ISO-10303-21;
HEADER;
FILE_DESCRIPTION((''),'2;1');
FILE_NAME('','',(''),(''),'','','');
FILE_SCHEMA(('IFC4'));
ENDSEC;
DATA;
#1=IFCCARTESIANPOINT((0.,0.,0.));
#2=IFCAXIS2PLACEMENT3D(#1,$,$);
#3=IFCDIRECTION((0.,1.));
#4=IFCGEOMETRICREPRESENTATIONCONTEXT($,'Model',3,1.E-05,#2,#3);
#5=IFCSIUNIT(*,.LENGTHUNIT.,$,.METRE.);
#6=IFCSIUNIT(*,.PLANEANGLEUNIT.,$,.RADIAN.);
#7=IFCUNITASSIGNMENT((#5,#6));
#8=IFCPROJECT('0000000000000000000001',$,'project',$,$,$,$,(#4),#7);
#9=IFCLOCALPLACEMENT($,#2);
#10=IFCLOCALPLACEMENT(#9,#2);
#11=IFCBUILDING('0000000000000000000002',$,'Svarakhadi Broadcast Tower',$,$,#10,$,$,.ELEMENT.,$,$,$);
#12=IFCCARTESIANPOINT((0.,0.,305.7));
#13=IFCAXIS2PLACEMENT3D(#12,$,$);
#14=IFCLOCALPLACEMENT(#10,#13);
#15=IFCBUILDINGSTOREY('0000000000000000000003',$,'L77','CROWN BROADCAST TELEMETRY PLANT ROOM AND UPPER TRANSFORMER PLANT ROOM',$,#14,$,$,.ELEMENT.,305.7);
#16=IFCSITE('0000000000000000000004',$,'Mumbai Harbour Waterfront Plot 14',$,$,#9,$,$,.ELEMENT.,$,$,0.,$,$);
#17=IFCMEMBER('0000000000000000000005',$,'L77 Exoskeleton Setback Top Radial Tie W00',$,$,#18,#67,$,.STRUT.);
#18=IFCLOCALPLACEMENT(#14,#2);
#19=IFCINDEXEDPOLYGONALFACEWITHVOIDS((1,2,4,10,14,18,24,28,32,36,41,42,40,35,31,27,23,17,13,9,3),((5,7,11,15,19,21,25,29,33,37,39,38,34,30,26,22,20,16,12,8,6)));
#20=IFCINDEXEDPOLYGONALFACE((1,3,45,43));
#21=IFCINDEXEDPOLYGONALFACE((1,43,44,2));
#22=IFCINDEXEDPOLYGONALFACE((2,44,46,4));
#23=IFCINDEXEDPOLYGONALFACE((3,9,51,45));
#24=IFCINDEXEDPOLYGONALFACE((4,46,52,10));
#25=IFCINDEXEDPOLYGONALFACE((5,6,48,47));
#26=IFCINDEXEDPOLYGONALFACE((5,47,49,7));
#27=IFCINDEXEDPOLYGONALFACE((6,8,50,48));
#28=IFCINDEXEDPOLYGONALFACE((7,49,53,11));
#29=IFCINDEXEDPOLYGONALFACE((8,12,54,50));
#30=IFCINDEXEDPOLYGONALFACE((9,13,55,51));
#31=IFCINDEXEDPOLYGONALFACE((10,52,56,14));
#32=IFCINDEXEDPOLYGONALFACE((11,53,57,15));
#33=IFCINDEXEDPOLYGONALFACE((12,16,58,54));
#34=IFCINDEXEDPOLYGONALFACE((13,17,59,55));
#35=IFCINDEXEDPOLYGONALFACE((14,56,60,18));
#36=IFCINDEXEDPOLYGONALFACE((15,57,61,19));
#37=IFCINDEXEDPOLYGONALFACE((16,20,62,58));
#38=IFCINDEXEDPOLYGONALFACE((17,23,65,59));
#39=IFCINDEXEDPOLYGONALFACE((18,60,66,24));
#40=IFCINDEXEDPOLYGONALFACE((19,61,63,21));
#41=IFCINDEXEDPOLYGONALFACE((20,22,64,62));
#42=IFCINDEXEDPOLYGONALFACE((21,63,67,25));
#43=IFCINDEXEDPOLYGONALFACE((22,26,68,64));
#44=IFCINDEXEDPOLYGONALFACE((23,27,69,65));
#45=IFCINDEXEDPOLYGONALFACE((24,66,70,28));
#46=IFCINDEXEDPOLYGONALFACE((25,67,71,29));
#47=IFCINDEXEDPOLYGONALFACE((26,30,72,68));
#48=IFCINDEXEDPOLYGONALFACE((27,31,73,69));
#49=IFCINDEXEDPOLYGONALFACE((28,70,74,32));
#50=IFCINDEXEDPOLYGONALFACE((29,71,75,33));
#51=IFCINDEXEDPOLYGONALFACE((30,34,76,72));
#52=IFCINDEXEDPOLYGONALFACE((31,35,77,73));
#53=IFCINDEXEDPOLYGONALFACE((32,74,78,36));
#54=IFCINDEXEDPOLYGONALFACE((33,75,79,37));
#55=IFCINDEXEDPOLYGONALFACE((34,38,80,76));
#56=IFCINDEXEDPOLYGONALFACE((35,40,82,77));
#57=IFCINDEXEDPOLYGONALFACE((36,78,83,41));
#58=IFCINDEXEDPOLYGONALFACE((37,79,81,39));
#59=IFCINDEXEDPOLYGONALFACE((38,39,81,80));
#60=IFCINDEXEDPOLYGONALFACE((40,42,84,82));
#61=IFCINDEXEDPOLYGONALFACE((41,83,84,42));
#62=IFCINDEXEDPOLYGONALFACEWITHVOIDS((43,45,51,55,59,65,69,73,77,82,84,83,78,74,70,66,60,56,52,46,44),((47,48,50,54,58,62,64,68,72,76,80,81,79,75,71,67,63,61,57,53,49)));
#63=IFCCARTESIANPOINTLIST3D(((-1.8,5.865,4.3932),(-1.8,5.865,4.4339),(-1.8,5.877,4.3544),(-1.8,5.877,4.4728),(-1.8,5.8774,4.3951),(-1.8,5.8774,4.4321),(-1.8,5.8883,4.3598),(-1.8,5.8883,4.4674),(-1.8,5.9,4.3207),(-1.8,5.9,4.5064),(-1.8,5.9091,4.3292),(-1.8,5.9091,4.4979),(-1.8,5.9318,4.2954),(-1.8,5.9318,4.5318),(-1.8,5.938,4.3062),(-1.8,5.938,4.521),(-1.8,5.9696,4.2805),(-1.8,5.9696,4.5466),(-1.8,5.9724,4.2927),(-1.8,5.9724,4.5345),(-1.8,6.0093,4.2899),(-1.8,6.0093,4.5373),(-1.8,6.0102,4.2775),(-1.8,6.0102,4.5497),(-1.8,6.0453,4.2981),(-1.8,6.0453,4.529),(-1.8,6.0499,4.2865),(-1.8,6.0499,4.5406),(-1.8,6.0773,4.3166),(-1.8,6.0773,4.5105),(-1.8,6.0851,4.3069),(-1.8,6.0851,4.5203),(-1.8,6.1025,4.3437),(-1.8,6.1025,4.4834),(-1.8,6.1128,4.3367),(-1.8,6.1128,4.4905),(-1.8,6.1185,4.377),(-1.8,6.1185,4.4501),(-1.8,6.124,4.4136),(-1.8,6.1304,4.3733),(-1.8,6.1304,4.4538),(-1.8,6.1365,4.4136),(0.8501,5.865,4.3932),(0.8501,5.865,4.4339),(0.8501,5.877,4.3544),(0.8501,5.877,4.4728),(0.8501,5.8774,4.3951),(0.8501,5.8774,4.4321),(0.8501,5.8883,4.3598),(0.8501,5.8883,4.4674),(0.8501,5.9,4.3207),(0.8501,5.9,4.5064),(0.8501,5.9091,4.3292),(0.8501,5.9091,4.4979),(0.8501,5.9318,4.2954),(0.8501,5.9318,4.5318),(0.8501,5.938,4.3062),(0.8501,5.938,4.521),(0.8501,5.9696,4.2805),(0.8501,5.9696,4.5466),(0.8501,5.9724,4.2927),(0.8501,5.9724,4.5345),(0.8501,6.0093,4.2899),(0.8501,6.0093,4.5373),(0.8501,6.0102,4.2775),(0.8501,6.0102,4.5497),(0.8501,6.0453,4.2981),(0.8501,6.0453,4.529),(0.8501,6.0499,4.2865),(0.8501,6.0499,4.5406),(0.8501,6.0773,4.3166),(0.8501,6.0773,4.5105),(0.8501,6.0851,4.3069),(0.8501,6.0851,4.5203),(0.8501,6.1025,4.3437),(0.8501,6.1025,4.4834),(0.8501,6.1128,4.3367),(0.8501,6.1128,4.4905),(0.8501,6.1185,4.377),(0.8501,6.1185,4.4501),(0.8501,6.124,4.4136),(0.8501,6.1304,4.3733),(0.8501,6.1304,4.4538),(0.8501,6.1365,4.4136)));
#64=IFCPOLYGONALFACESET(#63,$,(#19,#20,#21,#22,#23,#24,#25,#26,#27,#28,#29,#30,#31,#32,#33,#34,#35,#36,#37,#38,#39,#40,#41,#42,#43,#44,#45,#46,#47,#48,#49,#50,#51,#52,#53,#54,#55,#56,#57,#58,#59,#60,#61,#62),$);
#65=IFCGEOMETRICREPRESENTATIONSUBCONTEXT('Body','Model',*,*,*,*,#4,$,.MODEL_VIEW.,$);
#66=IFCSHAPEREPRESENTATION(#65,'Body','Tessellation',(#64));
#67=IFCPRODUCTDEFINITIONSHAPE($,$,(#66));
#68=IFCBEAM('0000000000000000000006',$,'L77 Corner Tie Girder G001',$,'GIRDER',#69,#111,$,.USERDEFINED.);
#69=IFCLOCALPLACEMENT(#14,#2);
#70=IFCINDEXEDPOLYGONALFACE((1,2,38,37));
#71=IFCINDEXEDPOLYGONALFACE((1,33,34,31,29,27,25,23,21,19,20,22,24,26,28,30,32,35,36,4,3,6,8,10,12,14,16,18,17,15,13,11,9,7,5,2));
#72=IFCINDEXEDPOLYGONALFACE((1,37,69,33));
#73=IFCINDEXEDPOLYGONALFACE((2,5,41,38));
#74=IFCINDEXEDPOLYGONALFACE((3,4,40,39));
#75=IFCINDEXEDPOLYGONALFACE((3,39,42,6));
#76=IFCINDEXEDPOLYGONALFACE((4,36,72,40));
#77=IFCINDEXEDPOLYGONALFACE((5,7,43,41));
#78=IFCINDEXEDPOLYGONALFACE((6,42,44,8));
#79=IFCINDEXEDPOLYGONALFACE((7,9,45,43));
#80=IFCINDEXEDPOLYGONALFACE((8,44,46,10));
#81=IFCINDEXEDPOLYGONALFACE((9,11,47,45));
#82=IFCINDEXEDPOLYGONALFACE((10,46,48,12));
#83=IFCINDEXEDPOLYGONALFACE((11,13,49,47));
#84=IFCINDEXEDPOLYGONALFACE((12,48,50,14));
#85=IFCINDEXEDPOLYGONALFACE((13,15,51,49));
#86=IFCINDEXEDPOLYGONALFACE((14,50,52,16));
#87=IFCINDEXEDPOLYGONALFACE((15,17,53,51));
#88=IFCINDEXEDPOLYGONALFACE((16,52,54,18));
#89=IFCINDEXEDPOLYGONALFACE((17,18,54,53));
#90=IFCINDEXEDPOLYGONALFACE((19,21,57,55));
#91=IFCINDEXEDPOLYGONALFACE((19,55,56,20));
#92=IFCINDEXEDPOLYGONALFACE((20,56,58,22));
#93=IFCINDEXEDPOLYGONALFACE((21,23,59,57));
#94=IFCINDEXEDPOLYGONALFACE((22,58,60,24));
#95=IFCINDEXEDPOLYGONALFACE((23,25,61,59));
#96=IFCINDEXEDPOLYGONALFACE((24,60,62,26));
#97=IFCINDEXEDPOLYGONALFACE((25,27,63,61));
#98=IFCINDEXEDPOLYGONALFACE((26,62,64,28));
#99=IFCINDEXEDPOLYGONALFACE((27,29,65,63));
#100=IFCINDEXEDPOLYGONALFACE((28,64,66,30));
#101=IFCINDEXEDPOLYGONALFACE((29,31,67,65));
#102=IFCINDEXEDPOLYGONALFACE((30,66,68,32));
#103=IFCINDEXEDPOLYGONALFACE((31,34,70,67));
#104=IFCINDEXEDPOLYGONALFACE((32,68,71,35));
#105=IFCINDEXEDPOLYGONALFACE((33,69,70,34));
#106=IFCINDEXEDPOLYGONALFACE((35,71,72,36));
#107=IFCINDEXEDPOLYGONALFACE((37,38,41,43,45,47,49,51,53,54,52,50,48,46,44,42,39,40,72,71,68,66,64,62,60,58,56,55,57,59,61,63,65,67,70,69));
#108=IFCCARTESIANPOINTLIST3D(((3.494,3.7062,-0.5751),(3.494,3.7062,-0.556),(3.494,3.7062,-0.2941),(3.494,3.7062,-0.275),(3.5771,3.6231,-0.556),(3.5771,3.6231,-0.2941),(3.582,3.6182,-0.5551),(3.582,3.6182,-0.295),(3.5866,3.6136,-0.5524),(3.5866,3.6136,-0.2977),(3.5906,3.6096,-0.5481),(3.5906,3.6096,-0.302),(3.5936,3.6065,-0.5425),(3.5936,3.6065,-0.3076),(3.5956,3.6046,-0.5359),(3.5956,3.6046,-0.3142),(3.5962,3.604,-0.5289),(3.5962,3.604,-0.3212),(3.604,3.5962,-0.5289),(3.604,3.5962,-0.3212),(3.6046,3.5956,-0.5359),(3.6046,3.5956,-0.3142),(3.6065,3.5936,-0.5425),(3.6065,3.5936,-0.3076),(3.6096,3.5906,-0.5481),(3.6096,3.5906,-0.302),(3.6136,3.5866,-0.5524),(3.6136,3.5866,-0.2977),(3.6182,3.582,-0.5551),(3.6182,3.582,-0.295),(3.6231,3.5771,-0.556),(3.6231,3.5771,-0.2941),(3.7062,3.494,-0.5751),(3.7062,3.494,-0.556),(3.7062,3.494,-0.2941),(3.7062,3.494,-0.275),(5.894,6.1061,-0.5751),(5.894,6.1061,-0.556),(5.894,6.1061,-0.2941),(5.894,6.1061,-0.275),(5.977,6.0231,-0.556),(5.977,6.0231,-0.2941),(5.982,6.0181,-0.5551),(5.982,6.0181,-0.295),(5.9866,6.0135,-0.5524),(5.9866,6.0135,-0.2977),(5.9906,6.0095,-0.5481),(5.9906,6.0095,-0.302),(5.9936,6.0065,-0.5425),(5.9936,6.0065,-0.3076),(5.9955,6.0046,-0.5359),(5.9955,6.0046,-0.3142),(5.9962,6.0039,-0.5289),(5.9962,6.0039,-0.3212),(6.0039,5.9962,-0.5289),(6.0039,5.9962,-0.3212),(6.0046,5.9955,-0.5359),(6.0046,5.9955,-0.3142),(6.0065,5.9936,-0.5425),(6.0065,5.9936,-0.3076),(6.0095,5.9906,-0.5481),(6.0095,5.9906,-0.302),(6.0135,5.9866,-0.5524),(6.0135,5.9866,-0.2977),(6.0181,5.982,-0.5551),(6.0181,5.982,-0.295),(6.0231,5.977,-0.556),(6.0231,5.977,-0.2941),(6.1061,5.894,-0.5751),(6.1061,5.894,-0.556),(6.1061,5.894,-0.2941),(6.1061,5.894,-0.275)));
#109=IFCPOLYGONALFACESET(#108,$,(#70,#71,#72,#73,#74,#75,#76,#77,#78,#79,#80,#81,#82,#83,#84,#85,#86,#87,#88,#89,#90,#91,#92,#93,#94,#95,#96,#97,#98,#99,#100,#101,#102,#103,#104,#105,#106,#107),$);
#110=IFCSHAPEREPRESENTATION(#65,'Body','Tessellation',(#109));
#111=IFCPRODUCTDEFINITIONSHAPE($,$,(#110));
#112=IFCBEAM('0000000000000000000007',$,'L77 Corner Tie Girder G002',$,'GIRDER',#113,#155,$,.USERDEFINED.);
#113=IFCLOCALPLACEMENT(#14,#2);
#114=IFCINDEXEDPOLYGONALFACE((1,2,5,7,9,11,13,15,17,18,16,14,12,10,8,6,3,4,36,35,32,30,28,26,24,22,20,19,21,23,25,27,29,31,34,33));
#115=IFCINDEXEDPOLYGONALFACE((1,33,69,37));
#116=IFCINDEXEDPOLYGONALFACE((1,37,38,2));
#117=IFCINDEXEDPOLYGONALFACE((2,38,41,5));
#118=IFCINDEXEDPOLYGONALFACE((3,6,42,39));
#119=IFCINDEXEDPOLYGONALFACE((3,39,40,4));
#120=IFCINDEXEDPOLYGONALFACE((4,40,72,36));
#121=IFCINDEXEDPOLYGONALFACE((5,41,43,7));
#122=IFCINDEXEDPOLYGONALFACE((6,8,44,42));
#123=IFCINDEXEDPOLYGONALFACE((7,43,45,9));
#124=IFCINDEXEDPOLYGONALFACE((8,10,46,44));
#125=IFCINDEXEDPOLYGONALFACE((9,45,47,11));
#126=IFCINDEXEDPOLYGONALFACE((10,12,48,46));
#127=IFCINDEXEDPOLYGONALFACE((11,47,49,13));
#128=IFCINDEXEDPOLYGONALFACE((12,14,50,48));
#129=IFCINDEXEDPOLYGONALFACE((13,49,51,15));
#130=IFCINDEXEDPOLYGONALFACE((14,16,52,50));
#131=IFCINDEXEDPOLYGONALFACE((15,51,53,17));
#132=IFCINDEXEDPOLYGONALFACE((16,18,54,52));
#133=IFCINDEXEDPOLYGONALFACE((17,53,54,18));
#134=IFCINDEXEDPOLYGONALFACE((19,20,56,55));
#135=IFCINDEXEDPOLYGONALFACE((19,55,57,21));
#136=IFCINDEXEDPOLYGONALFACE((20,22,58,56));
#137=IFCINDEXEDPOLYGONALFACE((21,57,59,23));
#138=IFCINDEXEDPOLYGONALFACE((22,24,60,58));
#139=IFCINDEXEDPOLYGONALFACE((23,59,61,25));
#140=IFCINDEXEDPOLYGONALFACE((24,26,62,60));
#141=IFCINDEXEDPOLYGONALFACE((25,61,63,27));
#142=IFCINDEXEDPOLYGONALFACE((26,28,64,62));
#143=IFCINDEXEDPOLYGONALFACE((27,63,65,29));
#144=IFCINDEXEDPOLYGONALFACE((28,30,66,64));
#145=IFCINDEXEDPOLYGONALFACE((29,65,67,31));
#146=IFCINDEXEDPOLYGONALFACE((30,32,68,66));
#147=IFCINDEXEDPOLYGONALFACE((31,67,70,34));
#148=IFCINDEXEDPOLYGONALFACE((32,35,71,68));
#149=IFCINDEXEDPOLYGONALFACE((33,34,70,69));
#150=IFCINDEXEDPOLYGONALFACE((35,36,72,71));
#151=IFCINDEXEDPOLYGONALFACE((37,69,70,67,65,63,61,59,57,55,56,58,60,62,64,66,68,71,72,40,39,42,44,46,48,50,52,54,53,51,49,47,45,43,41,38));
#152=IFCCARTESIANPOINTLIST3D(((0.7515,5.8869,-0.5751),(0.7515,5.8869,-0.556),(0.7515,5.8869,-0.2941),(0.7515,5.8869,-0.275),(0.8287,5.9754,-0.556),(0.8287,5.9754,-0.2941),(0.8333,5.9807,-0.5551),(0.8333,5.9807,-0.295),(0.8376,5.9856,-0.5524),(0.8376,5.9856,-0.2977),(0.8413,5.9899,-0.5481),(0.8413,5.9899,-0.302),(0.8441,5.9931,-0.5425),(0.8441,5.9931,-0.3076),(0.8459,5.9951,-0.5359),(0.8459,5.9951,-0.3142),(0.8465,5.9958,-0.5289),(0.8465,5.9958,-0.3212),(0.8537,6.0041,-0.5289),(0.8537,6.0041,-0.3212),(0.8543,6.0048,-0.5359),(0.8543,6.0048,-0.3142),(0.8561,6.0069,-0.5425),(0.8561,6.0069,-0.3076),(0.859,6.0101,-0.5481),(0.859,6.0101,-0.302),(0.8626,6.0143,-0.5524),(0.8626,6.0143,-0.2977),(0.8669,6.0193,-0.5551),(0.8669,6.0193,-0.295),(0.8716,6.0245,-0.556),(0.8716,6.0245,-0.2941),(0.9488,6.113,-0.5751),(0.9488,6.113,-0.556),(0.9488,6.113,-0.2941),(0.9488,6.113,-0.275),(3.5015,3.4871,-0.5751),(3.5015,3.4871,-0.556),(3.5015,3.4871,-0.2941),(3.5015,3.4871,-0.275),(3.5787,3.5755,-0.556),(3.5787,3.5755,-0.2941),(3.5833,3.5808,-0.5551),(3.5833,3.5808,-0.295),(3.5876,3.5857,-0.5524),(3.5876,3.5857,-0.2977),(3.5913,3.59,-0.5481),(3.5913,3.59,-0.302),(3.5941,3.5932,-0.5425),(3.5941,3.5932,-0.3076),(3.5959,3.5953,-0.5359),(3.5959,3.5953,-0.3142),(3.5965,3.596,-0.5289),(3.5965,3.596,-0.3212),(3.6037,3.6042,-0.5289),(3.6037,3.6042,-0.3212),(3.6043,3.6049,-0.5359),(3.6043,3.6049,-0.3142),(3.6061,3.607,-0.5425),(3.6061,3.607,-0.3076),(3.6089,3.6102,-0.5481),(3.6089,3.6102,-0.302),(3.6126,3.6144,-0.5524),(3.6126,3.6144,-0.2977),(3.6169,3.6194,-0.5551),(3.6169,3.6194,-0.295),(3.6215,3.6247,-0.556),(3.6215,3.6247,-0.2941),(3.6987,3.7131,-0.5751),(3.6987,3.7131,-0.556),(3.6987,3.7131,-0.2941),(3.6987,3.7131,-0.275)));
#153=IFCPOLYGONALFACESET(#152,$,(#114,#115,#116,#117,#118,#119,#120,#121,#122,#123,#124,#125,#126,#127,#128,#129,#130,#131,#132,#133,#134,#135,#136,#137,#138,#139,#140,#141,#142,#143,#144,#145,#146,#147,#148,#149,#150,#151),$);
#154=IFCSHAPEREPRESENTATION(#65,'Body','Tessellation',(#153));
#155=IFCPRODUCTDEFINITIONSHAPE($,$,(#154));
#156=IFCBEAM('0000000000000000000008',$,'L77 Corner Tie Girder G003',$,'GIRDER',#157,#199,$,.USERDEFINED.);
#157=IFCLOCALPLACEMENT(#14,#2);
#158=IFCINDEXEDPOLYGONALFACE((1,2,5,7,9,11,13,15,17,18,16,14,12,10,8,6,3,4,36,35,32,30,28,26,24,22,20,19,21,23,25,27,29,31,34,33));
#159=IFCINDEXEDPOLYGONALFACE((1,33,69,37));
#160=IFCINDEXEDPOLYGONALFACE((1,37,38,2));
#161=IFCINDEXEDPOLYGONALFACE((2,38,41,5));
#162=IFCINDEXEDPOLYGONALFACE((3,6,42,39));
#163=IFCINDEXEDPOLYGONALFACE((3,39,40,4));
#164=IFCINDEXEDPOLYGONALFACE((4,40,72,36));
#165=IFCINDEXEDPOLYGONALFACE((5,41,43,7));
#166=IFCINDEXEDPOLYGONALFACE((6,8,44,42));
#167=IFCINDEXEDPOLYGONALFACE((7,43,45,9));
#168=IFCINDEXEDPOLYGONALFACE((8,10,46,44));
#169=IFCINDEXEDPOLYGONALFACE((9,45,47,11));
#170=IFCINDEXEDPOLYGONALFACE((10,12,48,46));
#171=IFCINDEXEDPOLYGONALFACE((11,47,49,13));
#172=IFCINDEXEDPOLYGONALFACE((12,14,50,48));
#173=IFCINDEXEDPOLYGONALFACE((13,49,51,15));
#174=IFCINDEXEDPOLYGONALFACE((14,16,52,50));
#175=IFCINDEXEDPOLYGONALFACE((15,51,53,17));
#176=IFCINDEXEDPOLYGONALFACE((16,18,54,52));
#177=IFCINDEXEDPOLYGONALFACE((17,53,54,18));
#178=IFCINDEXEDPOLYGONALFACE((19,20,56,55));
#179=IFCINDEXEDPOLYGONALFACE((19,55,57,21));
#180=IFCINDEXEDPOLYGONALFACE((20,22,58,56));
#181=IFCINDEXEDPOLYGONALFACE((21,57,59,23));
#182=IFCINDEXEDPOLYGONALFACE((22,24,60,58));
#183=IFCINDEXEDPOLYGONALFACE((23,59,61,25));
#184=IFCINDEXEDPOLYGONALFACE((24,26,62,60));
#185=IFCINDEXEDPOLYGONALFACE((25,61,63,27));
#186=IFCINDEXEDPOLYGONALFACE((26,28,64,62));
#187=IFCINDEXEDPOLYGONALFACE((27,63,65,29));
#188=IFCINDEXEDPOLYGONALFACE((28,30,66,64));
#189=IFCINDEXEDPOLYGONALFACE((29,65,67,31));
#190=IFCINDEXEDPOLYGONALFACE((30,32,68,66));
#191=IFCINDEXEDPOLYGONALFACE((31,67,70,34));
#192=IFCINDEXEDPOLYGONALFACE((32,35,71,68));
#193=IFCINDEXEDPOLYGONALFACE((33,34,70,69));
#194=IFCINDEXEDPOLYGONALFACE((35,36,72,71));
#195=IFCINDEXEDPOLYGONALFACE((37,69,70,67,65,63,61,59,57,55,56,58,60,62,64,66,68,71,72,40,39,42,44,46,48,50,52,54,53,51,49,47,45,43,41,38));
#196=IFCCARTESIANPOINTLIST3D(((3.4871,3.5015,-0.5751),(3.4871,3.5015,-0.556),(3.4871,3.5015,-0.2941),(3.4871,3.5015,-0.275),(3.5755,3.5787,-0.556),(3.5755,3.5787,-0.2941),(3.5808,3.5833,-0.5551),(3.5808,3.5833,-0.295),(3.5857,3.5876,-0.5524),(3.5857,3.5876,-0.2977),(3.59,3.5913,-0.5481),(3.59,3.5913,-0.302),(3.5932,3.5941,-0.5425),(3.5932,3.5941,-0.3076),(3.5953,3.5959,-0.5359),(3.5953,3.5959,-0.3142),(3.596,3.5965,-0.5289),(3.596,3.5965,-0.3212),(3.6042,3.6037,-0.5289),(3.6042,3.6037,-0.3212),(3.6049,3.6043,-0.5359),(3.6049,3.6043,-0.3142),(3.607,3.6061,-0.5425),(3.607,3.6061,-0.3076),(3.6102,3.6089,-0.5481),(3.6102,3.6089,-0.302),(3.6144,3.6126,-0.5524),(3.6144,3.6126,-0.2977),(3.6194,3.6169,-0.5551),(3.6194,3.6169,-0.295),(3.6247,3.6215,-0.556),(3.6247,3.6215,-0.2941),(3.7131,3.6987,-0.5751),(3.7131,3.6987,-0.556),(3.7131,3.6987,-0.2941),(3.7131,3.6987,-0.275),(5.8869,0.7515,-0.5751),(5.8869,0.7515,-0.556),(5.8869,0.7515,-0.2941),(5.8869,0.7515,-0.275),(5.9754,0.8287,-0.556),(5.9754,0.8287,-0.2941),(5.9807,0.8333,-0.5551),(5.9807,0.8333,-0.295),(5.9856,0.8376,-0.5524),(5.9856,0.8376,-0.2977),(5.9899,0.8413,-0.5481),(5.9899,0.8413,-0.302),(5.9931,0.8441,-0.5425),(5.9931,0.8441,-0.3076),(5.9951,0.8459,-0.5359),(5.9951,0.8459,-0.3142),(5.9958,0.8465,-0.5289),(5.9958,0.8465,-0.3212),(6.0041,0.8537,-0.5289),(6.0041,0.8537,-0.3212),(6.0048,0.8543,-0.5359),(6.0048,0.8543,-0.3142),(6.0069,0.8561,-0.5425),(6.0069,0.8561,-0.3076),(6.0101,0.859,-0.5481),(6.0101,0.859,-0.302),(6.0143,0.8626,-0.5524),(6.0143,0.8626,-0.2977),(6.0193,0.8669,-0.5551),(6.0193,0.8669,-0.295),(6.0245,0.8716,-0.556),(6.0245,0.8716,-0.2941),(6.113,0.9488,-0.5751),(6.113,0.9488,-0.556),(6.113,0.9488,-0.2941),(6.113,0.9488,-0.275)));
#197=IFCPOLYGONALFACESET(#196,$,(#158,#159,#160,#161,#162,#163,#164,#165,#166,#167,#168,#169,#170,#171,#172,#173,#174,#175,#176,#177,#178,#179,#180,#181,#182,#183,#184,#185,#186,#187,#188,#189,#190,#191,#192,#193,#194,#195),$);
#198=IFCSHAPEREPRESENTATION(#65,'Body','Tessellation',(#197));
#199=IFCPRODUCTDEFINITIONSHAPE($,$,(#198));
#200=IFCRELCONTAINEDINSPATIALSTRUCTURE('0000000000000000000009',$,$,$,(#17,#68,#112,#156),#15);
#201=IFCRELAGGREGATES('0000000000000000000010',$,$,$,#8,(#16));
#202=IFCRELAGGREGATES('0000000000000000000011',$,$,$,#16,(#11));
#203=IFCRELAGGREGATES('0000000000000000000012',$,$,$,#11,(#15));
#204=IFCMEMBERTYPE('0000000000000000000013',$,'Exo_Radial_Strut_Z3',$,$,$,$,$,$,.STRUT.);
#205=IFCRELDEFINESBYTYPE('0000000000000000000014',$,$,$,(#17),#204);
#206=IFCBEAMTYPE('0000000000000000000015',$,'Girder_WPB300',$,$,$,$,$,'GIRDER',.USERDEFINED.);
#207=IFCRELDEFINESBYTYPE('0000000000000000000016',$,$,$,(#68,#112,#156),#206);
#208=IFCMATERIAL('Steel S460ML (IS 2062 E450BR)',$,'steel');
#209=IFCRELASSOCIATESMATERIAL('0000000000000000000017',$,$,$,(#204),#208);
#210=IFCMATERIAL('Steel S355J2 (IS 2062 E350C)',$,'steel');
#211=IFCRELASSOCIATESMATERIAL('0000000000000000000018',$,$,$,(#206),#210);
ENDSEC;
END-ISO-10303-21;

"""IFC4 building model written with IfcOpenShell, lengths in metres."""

from ifc_helpers import new_model, si_unit, direction, frame, origin, origin_2d, place, context, subcontext, project, spatial, hollow_circle, i_section, extrude, material, material_profile, profile_set, type_object, element, save


model = new_model("IFC4")

# Units and contexts
model_context = context("Model", 3, precision=1e-05, world=origin(), true_north=direction((0.0, 1.0)))
body_context = subcontext(model_context, "Body", "Model", "MODEL_VIEW")
ifc_project = project(units=[si_unit("LENGTHUNIT", "METRE"), si_unit("PLANEANGLEUNIT", "RADIAN")], contexts=[model_context])

# Site, building, storey
site_placement = place(None, origin())
site = spatial("IfcSite", under=ifc_project, at=site_placement, Name="Mumbai Harbour Waterfront Plot 14", CompositionType="ELEMENT", RefElevation=0.0)
building_placement = place(site_placement, origin())
building = spatial("IfcBuilding", under=site, at=building_placement, Name="Svarakhadi Broadcast Tower", CompositionType="ELEMENT")
storey_placement = place(building_placement, frame((0.0, 0.0, 305.7)))
storey = spatial("IfcBuildingStorey", under=building, at=storey_placement, Name="L77", Description="CROWN BROADCAST TELEMETRY PLANT ROOM AND UPPER TRANSFORMER PLANT ROOM", CompositionType="ELEMENT", Elevation=305.7)

# Shared definitions
ifc_material_1 = material(Name="Steel S460ML (IS 2062 E450BR)", Category="steel")

# Shared definitions
ifc_material_2 = material(Name="Steel S355J2 (IS 2062 E350C)", Category="steel")

# Member
ifc_material_profile_1 = material_profile(ifc_material_1, hollow_circle(Radius=0.1365, WallThickness=0.0125, at=origin_2d()), Name="CHS 273x12.5")
ifc_profile_set_1 = profile_set([ifc_material_profile_1], Name="Steel S460ML (IS 2062 E450BR)")
member_type_1 = type_object("IfcMemberType", Name="Exo_Radial_Strut_Z3", PredefinedType="STRUT", material=ifc_profile_set_1)
for number, where, z_axis, x_axis, name in (
    (1, (-1.8, 6.0, 4.4136), (1.0, 0.0, 0.0), (0.0, 1.0, 0.0), "L77 Exoskeleton Setback Top Radial Tie W00"),
):
    element("IfcMember", number, at=place(storey_placement, frame(where, z_axis=z_axis, x_axis=x_axis)), inside=storey, type_object=member_type_1, Name=name, PredefinedType="STRUT", context=body_context, shape_type="SweptSolid", body=[
        extrude(hollow_circle(Radius=0.1365, WallThickness=0.0125, at=origin_2d()), origin(), (0.0, 0.0, 1.0), 2.6501),
    ])

# Beams
ifc_material_profile_2 = material_profile(ifc_material_2, i_section(OverallWidth=0.3, OverallDepth=0.3, WebThickness=0.011, FlangeThickness=0.019, FilletRadius=0.0271, at=origin_2d()), Name="WPB 300x300x117")
ifc_profile_set_2 = profile_set([ifc_material_profile_2], Name="Steel S355J2 (IS 2062 E350C)")
beam_type_1 = type_object("IfcBeamType", Name="Girder_WPB300", ElementType="GIRDER", PredefinedType="USERDEFINED", material=ifc_profile_set_2)
beam_1_placement = place(storey_placement, frame((3.6001, 3.6001, -0.425), z_axis=(0.707107, 0.707107, 0.0), x_axis=(-0.707107, 0.707107, 0.0)))
element("IfcBeam", 2, at=beam_1_placement, inside=storey, type_object=beam_type_1, Name="L77 Corner Tie Girder G001", ObjectType="GIRDER", PredefinedType="USERDEFINED", context=body_context, shape_type="SweptSolid", body=[
    extrude(i_section(OverallWidth=0.3, OverallDepth=0.3, WebThickness=0.011, FlangeThickness=0.019, FilletRadius=0.0271, at=origin_2d()), origin(), (0.0, 0.0, 1.0), 3.394),
])
for number, where, z_axis, x_axis, name in (
    (3, (3.6001, 3.6001, -0.425), (-0.753438, 0.657519, 0.0), (-0.657519, -0.753438, 0.0), "L77 Corner Tie Girder G002"),
    (4, (3.6001, 3.6001, -0.425), (0.657519, -0.753438, 0.0), (0.753438, 0.657519, 0.0), "L77 Corner Tie Girder G003"),
):
    element("IfcBeam", number, at=place(storey_placement, frame(where, z_axis=z_axis, x_axis=x_axis)), inside=storey, type_object=beam_type_1, Name=name, ObjectType="GIRDER", PredefinedType="USERDEFINED", context=body_context, shape_type="SweptSolid", body=[
        extrude(i_section(OverallWidth=0.3, OverallDepth=0.3, WebThickness=0.011, FlangeThickness=0.019, FilletRadius=0.0271, at=origin_2d()), origin(), (0.0, 0.0, 1.0), 3.6499),
    ])

save(model, "model.ifc")
